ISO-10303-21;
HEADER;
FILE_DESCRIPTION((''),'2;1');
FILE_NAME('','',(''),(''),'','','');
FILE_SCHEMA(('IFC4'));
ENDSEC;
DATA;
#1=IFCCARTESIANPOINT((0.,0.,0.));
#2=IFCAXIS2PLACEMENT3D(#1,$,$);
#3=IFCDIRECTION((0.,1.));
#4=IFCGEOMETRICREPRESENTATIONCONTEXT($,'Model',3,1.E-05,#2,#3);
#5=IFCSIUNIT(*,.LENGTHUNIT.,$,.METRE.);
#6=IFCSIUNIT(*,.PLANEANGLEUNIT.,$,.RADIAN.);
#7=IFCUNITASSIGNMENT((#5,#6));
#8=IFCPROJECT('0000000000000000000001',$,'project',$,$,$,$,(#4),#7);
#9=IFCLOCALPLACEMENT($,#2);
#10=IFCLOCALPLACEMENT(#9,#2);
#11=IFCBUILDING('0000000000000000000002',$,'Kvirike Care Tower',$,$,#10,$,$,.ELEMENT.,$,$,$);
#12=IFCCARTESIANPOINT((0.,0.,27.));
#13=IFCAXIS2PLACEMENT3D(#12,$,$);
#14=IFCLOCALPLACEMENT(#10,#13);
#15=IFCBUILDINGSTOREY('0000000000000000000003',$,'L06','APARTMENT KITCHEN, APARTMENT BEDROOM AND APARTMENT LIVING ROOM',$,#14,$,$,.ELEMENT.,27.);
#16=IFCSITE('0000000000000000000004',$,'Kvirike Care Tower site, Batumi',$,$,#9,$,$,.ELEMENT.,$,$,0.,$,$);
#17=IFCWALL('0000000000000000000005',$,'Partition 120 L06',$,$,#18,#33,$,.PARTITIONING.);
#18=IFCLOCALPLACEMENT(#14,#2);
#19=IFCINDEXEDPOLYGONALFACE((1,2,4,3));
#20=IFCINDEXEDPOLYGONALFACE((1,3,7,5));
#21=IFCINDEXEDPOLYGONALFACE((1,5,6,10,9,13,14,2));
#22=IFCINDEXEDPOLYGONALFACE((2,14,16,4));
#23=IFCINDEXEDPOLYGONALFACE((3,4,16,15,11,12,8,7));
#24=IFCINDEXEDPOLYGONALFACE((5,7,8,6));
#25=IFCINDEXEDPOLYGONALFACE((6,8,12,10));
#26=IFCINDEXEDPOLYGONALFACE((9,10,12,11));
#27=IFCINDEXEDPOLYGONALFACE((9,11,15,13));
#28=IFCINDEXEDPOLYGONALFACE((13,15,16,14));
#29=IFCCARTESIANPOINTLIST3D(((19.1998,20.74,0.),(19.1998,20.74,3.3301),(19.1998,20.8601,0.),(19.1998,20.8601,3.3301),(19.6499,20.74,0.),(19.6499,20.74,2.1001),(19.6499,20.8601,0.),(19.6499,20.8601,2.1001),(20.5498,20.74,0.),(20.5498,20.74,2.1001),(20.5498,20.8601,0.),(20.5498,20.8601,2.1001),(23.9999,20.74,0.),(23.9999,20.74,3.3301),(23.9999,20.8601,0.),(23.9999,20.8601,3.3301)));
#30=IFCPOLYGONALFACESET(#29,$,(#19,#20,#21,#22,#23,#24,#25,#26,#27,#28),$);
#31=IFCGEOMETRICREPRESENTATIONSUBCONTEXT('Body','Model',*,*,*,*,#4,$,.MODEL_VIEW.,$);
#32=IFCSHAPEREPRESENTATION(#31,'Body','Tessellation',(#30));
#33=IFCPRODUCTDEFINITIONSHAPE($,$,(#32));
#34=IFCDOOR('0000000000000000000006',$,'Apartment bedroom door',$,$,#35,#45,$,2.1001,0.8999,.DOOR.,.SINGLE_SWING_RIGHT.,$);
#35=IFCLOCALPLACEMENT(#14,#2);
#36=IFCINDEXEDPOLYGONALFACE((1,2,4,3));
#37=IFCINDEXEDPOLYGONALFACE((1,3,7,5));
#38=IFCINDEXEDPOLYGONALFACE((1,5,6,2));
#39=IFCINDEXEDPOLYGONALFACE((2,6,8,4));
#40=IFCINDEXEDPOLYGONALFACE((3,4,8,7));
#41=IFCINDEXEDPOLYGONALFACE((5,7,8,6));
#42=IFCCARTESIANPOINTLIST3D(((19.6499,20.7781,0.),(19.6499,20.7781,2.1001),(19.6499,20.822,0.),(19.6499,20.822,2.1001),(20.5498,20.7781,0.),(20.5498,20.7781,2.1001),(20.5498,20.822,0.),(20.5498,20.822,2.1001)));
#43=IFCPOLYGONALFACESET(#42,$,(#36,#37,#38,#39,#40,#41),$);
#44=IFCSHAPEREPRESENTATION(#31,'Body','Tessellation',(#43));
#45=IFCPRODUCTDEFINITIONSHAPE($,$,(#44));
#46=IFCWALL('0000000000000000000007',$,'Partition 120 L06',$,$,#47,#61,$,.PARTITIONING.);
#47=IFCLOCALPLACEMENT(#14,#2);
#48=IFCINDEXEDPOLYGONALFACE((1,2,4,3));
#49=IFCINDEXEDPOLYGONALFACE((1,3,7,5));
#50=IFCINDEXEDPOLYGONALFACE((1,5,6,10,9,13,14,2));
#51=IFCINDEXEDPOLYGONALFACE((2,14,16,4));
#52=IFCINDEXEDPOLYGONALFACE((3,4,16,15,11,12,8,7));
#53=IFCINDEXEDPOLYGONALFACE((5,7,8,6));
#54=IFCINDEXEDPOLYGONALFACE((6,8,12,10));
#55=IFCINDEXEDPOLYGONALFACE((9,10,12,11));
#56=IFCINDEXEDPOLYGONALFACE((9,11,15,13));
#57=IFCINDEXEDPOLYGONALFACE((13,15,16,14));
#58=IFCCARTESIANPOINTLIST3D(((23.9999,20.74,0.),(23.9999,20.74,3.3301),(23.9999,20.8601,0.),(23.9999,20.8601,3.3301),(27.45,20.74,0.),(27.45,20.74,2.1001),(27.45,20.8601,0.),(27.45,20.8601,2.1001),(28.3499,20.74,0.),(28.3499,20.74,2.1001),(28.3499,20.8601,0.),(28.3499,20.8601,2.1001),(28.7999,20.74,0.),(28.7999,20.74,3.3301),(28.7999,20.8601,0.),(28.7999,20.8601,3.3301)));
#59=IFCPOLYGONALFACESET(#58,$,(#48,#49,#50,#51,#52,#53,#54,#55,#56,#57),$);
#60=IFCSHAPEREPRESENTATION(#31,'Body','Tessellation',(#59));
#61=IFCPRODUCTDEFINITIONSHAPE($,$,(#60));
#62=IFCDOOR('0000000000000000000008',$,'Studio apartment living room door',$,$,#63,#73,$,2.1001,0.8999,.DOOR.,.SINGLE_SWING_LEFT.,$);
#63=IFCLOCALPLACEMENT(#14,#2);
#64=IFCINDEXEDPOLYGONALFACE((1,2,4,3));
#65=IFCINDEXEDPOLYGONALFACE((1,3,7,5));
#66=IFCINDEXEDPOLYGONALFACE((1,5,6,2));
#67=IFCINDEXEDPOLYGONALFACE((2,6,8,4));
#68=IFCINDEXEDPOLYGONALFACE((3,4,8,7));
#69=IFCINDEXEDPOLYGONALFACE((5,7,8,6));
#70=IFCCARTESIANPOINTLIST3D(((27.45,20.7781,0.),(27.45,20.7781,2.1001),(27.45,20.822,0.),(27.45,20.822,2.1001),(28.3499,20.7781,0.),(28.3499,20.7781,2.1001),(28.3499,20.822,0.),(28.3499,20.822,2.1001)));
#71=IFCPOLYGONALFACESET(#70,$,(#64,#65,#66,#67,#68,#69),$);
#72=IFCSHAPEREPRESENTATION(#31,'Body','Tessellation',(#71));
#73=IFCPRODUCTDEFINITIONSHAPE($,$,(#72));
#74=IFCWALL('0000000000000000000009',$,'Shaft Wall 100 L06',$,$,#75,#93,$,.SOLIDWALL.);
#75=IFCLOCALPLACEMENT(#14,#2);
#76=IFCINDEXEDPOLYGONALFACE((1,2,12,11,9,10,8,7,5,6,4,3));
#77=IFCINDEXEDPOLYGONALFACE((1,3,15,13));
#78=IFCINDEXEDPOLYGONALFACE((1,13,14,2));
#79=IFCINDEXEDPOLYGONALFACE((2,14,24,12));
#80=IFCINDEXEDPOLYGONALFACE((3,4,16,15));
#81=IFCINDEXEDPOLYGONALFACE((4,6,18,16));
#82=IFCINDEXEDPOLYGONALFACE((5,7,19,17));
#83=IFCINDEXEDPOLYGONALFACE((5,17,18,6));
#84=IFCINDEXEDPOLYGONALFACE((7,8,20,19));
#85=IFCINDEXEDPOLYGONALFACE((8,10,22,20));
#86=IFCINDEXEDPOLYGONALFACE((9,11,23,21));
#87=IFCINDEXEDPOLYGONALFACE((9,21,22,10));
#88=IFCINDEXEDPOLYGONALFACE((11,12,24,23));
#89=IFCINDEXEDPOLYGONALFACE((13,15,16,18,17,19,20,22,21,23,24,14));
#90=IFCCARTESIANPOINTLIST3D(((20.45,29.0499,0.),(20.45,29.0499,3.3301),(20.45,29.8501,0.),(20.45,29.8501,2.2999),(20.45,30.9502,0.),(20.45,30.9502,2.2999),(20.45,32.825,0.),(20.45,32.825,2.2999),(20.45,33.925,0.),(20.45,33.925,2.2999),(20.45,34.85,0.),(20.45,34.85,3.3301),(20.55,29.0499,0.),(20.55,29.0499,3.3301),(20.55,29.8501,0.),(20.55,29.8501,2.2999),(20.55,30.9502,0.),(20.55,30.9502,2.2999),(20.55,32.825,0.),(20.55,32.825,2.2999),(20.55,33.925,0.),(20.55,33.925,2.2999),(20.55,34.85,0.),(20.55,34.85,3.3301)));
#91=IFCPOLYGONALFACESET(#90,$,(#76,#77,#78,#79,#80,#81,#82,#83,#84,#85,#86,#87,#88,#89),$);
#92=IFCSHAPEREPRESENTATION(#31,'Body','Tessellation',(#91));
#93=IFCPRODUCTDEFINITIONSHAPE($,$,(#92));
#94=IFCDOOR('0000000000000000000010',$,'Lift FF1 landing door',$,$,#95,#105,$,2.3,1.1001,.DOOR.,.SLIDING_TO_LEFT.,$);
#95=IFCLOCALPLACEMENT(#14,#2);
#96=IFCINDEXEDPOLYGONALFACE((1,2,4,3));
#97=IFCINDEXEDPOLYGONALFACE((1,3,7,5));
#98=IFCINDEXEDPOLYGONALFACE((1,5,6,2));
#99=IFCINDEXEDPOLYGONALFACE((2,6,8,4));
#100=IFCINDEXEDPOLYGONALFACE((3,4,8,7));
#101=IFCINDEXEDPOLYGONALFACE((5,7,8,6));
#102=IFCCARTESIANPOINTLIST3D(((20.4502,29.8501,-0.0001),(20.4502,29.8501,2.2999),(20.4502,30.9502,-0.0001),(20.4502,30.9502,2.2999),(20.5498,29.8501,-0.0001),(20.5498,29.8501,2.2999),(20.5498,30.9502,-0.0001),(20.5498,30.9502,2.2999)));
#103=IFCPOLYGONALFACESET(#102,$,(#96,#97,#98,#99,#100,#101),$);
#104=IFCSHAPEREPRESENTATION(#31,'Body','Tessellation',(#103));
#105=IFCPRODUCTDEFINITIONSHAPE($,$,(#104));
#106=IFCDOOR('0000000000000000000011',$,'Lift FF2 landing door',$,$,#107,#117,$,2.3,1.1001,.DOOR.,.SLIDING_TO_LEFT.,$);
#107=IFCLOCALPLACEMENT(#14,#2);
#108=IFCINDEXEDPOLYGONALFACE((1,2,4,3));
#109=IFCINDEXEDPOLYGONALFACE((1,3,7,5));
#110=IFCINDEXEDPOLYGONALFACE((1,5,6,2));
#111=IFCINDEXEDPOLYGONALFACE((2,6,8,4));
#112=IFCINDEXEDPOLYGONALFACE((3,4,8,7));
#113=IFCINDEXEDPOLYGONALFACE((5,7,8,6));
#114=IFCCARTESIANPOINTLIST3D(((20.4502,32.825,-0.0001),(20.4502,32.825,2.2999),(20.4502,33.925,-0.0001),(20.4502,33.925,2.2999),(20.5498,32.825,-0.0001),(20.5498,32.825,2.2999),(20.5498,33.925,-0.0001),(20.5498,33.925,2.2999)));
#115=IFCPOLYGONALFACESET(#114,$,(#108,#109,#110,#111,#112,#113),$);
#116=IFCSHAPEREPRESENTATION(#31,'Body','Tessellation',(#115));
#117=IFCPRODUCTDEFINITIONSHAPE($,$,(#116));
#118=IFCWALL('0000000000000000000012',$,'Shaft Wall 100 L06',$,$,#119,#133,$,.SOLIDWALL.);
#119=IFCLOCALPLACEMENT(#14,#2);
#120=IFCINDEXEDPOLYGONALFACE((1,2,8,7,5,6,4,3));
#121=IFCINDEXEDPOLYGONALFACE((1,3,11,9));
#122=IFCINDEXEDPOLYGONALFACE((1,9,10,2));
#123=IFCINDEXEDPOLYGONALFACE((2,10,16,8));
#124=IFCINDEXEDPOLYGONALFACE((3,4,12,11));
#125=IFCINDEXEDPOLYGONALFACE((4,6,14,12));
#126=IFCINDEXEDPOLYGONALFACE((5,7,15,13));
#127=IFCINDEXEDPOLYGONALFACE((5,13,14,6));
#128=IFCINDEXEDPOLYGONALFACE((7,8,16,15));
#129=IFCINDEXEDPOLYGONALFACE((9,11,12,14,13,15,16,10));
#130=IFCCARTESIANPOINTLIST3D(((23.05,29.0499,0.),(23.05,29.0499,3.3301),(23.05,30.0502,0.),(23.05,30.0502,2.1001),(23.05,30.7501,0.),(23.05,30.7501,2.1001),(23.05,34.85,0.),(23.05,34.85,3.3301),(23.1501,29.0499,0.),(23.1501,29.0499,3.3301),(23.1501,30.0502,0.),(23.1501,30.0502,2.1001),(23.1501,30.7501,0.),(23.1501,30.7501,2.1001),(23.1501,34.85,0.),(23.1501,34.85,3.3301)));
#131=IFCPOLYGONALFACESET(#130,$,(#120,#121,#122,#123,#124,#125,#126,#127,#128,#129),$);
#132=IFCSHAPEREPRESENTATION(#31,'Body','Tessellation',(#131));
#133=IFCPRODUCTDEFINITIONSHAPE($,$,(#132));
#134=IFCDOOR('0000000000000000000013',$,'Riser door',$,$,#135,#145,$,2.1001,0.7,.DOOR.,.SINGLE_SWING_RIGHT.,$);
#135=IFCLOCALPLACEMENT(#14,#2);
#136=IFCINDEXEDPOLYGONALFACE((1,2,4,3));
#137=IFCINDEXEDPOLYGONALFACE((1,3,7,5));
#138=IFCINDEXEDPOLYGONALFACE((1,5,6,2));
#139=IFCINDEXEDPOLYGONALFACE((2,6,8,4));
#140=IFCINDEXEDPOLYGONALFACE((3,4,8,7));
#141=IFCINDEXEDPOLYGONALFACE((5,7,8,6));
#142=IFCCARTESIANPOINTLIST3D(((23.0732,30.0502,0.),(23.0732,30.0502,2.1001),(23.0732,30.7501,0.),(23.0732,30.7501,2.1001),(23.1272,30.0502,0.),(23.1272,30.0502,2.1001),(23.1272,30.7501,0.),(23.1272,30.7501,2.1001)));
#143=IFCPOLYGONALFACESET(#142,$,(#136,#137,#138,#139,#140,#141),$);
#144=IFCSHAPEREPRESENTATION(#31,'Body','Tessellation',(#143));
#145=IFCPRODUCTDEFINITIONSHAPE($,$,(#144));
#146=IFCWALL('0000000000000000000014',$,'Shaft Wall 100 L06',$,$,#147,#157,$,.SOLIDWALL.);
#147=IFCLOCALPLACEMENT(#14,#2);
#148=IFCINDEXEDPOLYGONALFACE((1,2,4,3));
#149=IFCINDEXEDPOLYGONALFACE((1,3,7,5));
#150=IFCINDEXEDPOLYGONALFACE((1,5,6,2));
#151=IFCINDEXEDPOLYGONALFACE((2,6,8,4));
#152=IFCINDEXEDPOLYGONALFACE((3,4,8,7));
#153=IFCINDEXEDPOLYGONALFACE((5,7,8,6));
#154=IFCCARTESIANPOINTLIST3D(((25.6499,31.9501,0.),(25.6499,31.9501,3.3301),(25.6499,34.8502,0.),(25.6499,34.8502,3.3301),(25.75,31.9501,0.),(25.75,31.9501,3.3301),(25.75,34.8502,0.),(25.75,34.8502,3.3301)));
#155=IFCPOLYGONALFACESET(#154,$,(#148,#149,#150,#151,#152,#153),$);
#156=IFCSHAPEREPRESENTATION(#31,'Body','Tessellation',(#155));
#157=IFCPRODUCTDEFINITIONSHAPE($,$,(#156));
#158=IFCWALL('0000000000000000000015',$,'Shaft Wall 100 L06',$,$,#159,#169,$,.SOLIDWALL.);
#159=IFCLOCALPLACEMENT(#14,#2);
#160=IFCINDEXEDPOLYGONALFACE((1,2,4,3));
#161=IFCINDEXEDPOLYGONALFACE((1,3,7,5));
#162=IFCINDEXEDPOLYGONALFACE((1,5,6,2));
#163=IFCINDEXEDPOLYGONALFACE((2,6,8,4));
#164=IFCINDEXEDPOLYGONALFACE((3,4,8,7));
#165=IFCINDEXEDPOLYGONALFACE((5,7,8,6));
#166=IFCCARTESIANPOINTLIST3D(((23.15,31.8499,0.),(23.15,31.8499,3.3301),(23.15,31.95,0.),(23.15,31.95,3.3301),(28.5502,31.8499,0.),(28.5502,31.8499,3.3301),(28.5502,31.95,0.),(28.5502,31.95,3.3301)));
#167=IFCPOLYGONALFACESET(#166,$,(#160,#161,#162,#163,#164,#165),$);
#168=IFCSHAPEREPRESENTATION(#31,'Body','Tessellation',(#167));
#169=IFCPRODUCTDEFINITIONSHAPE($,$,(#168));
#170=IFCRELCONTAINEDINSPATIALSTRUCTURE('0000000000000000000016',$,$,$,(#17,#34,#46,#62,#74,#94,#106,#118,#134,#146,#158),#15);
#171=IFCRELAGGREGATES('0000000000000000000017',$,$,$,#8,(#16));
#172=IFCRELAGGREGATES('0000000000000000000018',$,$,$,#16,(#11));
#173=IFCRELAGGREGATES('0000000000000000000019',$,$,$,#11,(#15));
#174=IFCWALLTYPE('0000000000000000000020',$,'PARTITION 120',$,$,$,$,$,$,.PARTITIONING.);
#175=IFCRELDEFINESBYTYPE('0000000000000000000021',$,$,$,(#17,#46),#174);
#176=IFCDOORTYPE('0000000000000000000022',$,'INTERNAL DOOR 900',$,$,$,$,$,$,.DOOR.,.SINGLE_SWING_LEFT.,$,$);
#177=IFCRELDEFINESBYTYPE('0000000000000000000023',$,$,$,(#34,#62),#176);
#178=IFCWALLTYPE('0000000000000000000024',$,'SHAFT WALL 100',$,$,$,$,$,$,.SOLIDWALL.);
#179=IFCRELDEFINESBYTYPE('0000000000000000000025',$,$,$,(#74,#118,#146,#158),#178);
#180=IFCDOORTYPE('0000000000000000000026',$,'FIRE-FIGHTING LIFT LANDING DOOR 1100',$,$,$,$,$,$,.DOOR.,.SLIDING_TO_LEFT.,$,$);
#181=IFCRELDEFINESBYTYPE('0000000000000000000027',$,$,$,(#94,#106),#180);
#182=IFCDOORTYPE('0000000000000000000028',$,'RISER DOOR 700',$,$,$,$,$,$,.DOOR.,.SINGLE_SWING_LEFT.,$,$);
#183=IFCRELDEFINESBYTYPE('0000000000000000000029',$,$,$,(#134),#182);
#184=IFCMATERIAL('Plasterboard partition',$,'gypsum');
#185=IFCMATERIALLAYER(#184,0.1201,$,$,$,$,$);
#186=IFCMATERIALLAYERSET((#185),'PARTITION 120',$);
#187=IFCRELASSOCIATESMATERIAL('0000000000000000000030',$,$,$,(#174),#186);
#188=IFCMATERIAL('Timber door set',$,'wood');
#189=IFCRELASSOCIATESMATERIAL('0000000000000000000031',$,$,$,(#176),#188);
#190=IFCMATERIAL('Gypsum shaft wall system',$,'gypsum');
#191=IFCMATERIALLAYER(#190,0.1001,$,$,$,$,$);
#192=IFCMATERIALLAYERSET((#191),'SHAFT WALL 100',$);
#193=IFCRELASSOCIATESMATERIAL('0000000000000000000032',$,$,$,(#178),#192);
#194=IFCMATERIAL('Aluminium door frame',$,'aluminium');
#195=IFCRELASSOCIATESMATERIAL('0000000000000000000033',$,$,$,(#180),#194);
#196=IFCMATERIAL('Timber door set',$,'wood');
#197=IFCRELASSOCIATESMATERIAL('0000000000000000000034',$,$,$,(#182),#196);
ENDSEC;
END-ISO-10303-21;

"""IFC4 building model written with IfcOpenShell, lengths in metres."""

from ifc_helpers import new_model, si_unit, direction, frame, frame_2d, origin, place, context, subcontext, project, spatial, rectangle, extrude, material, layer, layer_set, type_object, element, fill, save


model = new_model("IFC4")

# Units and contexts
model_context = context("Model", 3, precision=1e-05, world=origin(), true_north=direction((0.0, 1.0)))
body_context = subcontext(model_context, "Body", "Model", "MODEL_VIEW")
ifc_project = project(units=[si_unit("LENGTHUNIT", "METRE"), si_unit("PLANEANGLEUNIT", "RADIAN")], contexts=[model_context])

# Site, building, storey
site_placement = place(None, origin())
site = spatial("IfcSite", under=ifc_project, at=site_placement, Name="Kvirike Care Tower site, Batumi", CompositionType="ELEMENT", RefElevation=0.0)
building_placement = place(site_placement, origin())
building = spatial("IfcBuilding", under=site, at=building_placement, Name="Kvirike Care Tower", CompositionType="ELEMENT")
storey_placement = place(building_placement, frame((0.0, 0.0, 27.0)))
storey = spatial("IfcBuildingStorey", under=building, at=storey_placement, Name="L06", Description="APARTMENT KITCHEN, APARTMENT BEDROOM AND APARTMENT LIVING ROOM", CompositionType="ELEMENT", Elevation=27.0)

# Walls, openings, doors
ifc_material_1 = material(Name="Plasterboard partition", Category="gypsum")
ifc_layer_1 = layer(ifc_material_1, 0.1201)
ifc_layer_set_1 = layer_set([ifc_layer_1], Name="PARTITION 120")
wall_type_1 = type_object("IfcWallType", Name="PARTITION 120", PredefinedType="PARTITIONING", material=ifc_layer_set_1)
ifc_material_2 = material(Name="Timber door set", Category="wood")
door_type_1 = type_object("IfcDoorType", Name="INTERNAL DOOR 900", OperationType="SINGLE_SWING_LEFT", PredefinedType="DOOR", material=ifc_material_2)
wall_1_placement = place(storey_placement, frame((19.2, 20.8, 0.0), z_axis=(0.0, 0.0, 1.0), x_axis=(1.0, 0.0, 0.0)))
wall_1 = element("IfcWall", 1, at=wall_1_placement, inside=storey, type_object=wall_type_1, Name="Partition 120 L06", PredefinedType="PARTITIONING", context=body_context, shape_type="SweptSolid", body=[
    extrude(rectangle(XDim=4.8, YDim=0.1201, at=frame_2d((2.3999, 0.0))), origin(), (0.0, 0.0, 1.0), 3.3301),
])
opening_1_placement = place(wall_1_placement, frame((0.45, 0.0, 0.0)))
opening_1 = element("IfcOpeningElement", 2, at=opening_1_placement, cuts=wall_1, PredefinedType="OPENING", context=body_context, shape_type="SweptSolid", body=[
    extrude(rectangle(XDim=0.8999, YDim=2.1001, at=frame_2d((0.45, 1.05))), frame((0.0, 0.0706, 0.0), z_axis=(0.0, -1.0, 0.0), x_axis=(1.0, 0.0, 0.0)), (0.0, 0.0, 1.0), 0.1411),
])
door_1_placement = place(opening_1_placement, origin())
door_1 = element("IfcDoor", 3, at=door_1_placement, inside=storey, type_object=door_type_1, Name="Apartment bedroom door", OperationType="SINGLE_SWING_RIGHT", OverallHeight=2.1001, OverallWidth=0.8999, PredefinedType="DOOR", context=body_context, shape_type="SweptSolid", body=[
    extrude(rectangle(XDim=0.8999, YDim=2.1001, at=frame_2d((0.45, 1.05))), frame((0.0, 0.022, 0.0), z_axis=(0.0, -1.0, 0.0), x_axis=(1.0, 0.0, 0.0)), (0.0, 0.0, 1.0), 0.0439),
])
fill(opening_1, door_1)
wall_2_placement = place(storey_placement, frame((24.0, 20.8, 0.0), z_axis=(0.0, 0.0, 1.0), x_axis=(1.0, 0.0, 0.0)))
wall_2 = element("IfcWall", 4, at=wall_2_placement, inside=storey, type_object=wall_type_1, Name="Partition 120 L06", PredefinedType="PARTITIONING", context=body_context, shape_type="SweptSolid", body=[
    extrude(rectangle(XDim=4.8, YDim=0.1201, at=frame_2d((2.3999, 0.0))), origin(), (0.0, 0.0, 1.0), 3.3301),
])
opening_2_placement = place(wall_2_placement, frame((3.45, 0.0, 0.0)))
opening_2 = element("IfcOpeningElement", 5, at=opening_2_placement, cuts=wall_2, PredefinedType="OPENING", context=body_context, shape_type="SweptSolid", body=[
    extrude(rectangle(XDim=0.8999, YDim=2.1001, at=frame_2d((0.45, 1.05))), frame((0.0, 0.0706, 0.0), z_axis=(0.0, -1.0, 0.0), x_axis=(1.0, 0.0, 0.0)), (0.0, 0.0, 1.0), 0.1411),
])
door_2_placement = place(opening_2_placement, origin())
door_2 = element("IfcDoor", 6, at=door_2_placement, inside=storey, type_object=door_type_1, Name="Studio apartment living room door", OperationType="SINGLE_SWING_LEFT", OverallHeight=2.1001, OverallWidth=0.8999, PredefinedType="DOOR", context=body_context, shape_type="SweptSolid", body=[
    extrude(rectangle(XDim=0.8999, YDim=2.1001, at=frame_2d((0.45, 1.05))), frame((0.0, 0.022, 0.0), z_axis=(0.0, -1.0, 0.0), x_axis=(1.0, 0.0, 0.0)), (0.0, 0.0, 1.0), 0.0439),
])
fill(opening_2, door_2)

# Wall, openings, doors
ifc_material_3 = material(Name="Gypsum shaft wall system", Category="gypsum")
ifc_layer_2 = layer(ifc_material_3, 0.1001)
ifc_layer_set_2 = layer_set([ifc_layer_2], Name="SHAFT WALL 100")
wall_type_2 = type_object("IfcWallType", Name="SHAFT WALL 100", PredefinedType="SOLIDWALL", material=ifc_layer_set_2)
wall_3_placement = place(storey_placement, frame((20.5, 29.05, 0.0), z_axis=(0.0, 0.0, 1.0), x_axis=(0.0, 1.0, 0.0)))
wall_3 = element("IfcWall", 7, at=wall_3_placement, inside=storey, type_object=wall_type_2, Name="Shaft Wall 100 L06", PredefinedType="SOLIDWALL", context=body_context, shape_type="SweptSolid", body=[
    extrude(rectangle(XDim=5.8, YDim=0.1001, at=frame_2d((2.8999, 0.0))), origin(), (0.0, 0.0, 1.0), 3.3301),
])
opening_3_placement = place(wall_3_placement, frame((0.8, 0.0, 0.0)))
opening_3 = element("IfcOpeningElement", 8, at=opening_3_placement, cuts=wall_3, PredefinedType="OPENING", context=body_context, shape_type="SweptSolid", body=[
    extrude(rectangle(XDim=1.1001, YDim=2.3, at=frame_2d((0.55, 1.1499))), frame((0.0, 0.0605, 0.0), z_axis=(0.0, -1.0, 0.0), x_axis=(1.0, 0.0, 0.0)), (0.0, 0.0, 1.0), 0.1211),
])
opening_4_placement = place(wall_3_placement, frame((3.7749, 0.0, 0.0)))
opening_4 = element("IfcOpeningElement", 9, at=opening_4_placement, cuts=wall_3, PredefinedType="OPENING", context=body_context, shape_type="SweptSolid", body=[
    extrude(rectangle(XDim=1.1001, YDim=2.3, at=frame_2d((0.55, 1.1499))), frame((0.0, 0.0605, 0.0), z_axis=(0.0, -1.0, 0.0), x_axis=(1.0, 0.0, 0.0)), (0.0, 0.0, 1.0), 0.1211),
])
ifc_material_4 = material(Name="Aluminium door frame", Category="aluminium")
door_type_2 = type_object("IfcDoorType", Name="FIRE-FIGHTING LIFT LANDING DOOR 1100", OperationType="SLIDING_TO_LEFT", PredefinedType="DOOR", material=ifc_material_4)
door_3_placement = place(opening_3_placement, origin())
door_3 = element("IfcDoor", 10, at=door_3_placement, inside=storey, type_object=door_type_2, Name="Lift FF1 landing door", OperationType="SLIDING_TO_LEFT", OverallHeight=2.3, OverallWidth=1.1001, PredefinedType="DOOR", context=body_context, shape_type="SweptSolid", body=[
    extrude(rectangle(XDim=1.1001, YDim=2.3, at=frame_2d((0.55, 1.1499))), frame((0.0, 0.0498, 0.0), z_axis=(0.0, -1.0, 0.0), x_axis=(1.0, 0.0, 0.0)), (0.0, 0.0, 1.0), 0.0996),
])
fill(opening_3, door_3)
door_4_placement = place(opening_4_placement, origin())
door_4 = element("IfcDoor", 11, at=door_4_placement, inside=storey, type_object=door_type_2, Name="Lift FF2 landing door", OperationType="SLIDING_TO_LEFT", OverallHeight=2.3, OverallWidth=1.1001, PredefinedType="DOOR", context=body_context, shape_type="SweptSolid", body=[
    extrude(rectangle(XDim=1.1001, YDim=2.3, at=frame_2d((0.55, 1.1499))), frame((0.0, 0.0498, 0.0), z_axis=(0.0, -1.0, 0.0), x_axis=(1.0, 0.0, 0.0)), (0.0, 0.0, 1.0), 0.0996),
])
fill(opening_4, door_4)

# Wall, opening, door
wall_4_placement = place(storey_placement, frame((23.1001, 29.05, 0.0), z_axis=(0.0, 0.0, 1.0), x_axis=(0.0, 1.0, 0.0)))
wall_4 = element("IfcWall", 12, at=wall_4_placement, inside=storey, type_object=wall_type_2, Name="Shaft Wall 100 L06", PredefinedType="SOLIDWALL", context=body_context, shape_type="SweptSolid", body=[
    extrude(rectangle(XDim=5.8, YDim=0.1001, at=frame_2d((2.8999, 0.0))), origin(), (0.0, 0.0, 1.0), 3.3301),
])
opening_5_placement = place(wall_4_placement, frame((1.0, 0.0, 0.0)))
opening_5 = element("IfcOpeningElement", 13, at=opening_5_placement, cuts=wall_4, PredefinedType="OPENING", context=body_context, shape_type="SweptSolid", body=[
    extrude(rectangle(XDim=0.7, YDim=2.1001, at=frame_2d((0.3501, 1.05))), frame((0.0, 0.0605, 0.0), z_axis=(0.0, -1.0, 0.0), x_axis=(1.0, 0.0, 0.0)), (0.0, 0.0, 1.0), 0.1211),
])
ifc_material_5 = material(Name="Timber door set", Category="wood")
door_type_3 = type_object("IfcDoorType", Name="RISER DOOR 700", OperationType="SINGLE_SWING_LEFT", PredefinedType="DOOR", material=ifc_material_5)
door_5_placement = place(opening_5_placement, origin())
door_5 = element("IfcDoor", 14, at=door_5_placement, inside=storey, type_object=door_type_3, Name="Riser door", OperationType="SINGLE_SWING_RIGHT", OverallHeight=2.1001, OverallWidth=0.7, PredefinedType="DOOR", context=body_context, shape_type="SweptSolid", body=[
    extrude(rectangle(XDim=0.7, YDim=2.1001, at=frame_2d((0.3501, 1.05))), frame((0.0, 0.0269, 0.0), z_axis=(0.0, -1.0, 0.0), x_axis=(1.0, 0.0, 0.0)), (0.0, 0.0, 1.0), 0.054),
])
fill(opening_5, door_5)

# Walls
wall_5_placement = place(storey_placement, frame((25.7, 31.95, 0.0), z_axis=(0.0, 0.0, 1.0), x_axis=(0.0, 1.0, 0.0)))
element("IfcWall", 15, at=wall_5_placement, inside=storey, type_object=wall_type_2, Name="Shaft Wall 100 L06", PredefinedType="SOLIDWALL", context=body_context, shape_type="SweptSolid", body=[
    extrude(rectangle(XDim=2.9001, YDim=0.1001, at=frame_2d((1.4502, 0.0))), origin(), (0.0, 0.0, 1.0), 3.3301),
])
wall_6_placement = place(storey_placement, frame((23.1499, 31.8999, 0.0), z_axis=(0.0, 0.0, 1.0), x_axis=(1.0, 0.0, 0.0)))
element("IfcWall", 16, at=wall_6_placement, inside=storey, type_object=wall_type_2, Name="Shaft Wall 100 L06", PredefinedType="SOLIDWALL", context=body_context, shape_type="SweptSolid", body=[
    extrude(rectangle(XDim=5.4001, YDim=0.1001, at=frame_2d((2.7002, 0.0))), origin(), (0.0, 0.0, 1.0), 3.3301),
])

save(model, "model.ifc")
